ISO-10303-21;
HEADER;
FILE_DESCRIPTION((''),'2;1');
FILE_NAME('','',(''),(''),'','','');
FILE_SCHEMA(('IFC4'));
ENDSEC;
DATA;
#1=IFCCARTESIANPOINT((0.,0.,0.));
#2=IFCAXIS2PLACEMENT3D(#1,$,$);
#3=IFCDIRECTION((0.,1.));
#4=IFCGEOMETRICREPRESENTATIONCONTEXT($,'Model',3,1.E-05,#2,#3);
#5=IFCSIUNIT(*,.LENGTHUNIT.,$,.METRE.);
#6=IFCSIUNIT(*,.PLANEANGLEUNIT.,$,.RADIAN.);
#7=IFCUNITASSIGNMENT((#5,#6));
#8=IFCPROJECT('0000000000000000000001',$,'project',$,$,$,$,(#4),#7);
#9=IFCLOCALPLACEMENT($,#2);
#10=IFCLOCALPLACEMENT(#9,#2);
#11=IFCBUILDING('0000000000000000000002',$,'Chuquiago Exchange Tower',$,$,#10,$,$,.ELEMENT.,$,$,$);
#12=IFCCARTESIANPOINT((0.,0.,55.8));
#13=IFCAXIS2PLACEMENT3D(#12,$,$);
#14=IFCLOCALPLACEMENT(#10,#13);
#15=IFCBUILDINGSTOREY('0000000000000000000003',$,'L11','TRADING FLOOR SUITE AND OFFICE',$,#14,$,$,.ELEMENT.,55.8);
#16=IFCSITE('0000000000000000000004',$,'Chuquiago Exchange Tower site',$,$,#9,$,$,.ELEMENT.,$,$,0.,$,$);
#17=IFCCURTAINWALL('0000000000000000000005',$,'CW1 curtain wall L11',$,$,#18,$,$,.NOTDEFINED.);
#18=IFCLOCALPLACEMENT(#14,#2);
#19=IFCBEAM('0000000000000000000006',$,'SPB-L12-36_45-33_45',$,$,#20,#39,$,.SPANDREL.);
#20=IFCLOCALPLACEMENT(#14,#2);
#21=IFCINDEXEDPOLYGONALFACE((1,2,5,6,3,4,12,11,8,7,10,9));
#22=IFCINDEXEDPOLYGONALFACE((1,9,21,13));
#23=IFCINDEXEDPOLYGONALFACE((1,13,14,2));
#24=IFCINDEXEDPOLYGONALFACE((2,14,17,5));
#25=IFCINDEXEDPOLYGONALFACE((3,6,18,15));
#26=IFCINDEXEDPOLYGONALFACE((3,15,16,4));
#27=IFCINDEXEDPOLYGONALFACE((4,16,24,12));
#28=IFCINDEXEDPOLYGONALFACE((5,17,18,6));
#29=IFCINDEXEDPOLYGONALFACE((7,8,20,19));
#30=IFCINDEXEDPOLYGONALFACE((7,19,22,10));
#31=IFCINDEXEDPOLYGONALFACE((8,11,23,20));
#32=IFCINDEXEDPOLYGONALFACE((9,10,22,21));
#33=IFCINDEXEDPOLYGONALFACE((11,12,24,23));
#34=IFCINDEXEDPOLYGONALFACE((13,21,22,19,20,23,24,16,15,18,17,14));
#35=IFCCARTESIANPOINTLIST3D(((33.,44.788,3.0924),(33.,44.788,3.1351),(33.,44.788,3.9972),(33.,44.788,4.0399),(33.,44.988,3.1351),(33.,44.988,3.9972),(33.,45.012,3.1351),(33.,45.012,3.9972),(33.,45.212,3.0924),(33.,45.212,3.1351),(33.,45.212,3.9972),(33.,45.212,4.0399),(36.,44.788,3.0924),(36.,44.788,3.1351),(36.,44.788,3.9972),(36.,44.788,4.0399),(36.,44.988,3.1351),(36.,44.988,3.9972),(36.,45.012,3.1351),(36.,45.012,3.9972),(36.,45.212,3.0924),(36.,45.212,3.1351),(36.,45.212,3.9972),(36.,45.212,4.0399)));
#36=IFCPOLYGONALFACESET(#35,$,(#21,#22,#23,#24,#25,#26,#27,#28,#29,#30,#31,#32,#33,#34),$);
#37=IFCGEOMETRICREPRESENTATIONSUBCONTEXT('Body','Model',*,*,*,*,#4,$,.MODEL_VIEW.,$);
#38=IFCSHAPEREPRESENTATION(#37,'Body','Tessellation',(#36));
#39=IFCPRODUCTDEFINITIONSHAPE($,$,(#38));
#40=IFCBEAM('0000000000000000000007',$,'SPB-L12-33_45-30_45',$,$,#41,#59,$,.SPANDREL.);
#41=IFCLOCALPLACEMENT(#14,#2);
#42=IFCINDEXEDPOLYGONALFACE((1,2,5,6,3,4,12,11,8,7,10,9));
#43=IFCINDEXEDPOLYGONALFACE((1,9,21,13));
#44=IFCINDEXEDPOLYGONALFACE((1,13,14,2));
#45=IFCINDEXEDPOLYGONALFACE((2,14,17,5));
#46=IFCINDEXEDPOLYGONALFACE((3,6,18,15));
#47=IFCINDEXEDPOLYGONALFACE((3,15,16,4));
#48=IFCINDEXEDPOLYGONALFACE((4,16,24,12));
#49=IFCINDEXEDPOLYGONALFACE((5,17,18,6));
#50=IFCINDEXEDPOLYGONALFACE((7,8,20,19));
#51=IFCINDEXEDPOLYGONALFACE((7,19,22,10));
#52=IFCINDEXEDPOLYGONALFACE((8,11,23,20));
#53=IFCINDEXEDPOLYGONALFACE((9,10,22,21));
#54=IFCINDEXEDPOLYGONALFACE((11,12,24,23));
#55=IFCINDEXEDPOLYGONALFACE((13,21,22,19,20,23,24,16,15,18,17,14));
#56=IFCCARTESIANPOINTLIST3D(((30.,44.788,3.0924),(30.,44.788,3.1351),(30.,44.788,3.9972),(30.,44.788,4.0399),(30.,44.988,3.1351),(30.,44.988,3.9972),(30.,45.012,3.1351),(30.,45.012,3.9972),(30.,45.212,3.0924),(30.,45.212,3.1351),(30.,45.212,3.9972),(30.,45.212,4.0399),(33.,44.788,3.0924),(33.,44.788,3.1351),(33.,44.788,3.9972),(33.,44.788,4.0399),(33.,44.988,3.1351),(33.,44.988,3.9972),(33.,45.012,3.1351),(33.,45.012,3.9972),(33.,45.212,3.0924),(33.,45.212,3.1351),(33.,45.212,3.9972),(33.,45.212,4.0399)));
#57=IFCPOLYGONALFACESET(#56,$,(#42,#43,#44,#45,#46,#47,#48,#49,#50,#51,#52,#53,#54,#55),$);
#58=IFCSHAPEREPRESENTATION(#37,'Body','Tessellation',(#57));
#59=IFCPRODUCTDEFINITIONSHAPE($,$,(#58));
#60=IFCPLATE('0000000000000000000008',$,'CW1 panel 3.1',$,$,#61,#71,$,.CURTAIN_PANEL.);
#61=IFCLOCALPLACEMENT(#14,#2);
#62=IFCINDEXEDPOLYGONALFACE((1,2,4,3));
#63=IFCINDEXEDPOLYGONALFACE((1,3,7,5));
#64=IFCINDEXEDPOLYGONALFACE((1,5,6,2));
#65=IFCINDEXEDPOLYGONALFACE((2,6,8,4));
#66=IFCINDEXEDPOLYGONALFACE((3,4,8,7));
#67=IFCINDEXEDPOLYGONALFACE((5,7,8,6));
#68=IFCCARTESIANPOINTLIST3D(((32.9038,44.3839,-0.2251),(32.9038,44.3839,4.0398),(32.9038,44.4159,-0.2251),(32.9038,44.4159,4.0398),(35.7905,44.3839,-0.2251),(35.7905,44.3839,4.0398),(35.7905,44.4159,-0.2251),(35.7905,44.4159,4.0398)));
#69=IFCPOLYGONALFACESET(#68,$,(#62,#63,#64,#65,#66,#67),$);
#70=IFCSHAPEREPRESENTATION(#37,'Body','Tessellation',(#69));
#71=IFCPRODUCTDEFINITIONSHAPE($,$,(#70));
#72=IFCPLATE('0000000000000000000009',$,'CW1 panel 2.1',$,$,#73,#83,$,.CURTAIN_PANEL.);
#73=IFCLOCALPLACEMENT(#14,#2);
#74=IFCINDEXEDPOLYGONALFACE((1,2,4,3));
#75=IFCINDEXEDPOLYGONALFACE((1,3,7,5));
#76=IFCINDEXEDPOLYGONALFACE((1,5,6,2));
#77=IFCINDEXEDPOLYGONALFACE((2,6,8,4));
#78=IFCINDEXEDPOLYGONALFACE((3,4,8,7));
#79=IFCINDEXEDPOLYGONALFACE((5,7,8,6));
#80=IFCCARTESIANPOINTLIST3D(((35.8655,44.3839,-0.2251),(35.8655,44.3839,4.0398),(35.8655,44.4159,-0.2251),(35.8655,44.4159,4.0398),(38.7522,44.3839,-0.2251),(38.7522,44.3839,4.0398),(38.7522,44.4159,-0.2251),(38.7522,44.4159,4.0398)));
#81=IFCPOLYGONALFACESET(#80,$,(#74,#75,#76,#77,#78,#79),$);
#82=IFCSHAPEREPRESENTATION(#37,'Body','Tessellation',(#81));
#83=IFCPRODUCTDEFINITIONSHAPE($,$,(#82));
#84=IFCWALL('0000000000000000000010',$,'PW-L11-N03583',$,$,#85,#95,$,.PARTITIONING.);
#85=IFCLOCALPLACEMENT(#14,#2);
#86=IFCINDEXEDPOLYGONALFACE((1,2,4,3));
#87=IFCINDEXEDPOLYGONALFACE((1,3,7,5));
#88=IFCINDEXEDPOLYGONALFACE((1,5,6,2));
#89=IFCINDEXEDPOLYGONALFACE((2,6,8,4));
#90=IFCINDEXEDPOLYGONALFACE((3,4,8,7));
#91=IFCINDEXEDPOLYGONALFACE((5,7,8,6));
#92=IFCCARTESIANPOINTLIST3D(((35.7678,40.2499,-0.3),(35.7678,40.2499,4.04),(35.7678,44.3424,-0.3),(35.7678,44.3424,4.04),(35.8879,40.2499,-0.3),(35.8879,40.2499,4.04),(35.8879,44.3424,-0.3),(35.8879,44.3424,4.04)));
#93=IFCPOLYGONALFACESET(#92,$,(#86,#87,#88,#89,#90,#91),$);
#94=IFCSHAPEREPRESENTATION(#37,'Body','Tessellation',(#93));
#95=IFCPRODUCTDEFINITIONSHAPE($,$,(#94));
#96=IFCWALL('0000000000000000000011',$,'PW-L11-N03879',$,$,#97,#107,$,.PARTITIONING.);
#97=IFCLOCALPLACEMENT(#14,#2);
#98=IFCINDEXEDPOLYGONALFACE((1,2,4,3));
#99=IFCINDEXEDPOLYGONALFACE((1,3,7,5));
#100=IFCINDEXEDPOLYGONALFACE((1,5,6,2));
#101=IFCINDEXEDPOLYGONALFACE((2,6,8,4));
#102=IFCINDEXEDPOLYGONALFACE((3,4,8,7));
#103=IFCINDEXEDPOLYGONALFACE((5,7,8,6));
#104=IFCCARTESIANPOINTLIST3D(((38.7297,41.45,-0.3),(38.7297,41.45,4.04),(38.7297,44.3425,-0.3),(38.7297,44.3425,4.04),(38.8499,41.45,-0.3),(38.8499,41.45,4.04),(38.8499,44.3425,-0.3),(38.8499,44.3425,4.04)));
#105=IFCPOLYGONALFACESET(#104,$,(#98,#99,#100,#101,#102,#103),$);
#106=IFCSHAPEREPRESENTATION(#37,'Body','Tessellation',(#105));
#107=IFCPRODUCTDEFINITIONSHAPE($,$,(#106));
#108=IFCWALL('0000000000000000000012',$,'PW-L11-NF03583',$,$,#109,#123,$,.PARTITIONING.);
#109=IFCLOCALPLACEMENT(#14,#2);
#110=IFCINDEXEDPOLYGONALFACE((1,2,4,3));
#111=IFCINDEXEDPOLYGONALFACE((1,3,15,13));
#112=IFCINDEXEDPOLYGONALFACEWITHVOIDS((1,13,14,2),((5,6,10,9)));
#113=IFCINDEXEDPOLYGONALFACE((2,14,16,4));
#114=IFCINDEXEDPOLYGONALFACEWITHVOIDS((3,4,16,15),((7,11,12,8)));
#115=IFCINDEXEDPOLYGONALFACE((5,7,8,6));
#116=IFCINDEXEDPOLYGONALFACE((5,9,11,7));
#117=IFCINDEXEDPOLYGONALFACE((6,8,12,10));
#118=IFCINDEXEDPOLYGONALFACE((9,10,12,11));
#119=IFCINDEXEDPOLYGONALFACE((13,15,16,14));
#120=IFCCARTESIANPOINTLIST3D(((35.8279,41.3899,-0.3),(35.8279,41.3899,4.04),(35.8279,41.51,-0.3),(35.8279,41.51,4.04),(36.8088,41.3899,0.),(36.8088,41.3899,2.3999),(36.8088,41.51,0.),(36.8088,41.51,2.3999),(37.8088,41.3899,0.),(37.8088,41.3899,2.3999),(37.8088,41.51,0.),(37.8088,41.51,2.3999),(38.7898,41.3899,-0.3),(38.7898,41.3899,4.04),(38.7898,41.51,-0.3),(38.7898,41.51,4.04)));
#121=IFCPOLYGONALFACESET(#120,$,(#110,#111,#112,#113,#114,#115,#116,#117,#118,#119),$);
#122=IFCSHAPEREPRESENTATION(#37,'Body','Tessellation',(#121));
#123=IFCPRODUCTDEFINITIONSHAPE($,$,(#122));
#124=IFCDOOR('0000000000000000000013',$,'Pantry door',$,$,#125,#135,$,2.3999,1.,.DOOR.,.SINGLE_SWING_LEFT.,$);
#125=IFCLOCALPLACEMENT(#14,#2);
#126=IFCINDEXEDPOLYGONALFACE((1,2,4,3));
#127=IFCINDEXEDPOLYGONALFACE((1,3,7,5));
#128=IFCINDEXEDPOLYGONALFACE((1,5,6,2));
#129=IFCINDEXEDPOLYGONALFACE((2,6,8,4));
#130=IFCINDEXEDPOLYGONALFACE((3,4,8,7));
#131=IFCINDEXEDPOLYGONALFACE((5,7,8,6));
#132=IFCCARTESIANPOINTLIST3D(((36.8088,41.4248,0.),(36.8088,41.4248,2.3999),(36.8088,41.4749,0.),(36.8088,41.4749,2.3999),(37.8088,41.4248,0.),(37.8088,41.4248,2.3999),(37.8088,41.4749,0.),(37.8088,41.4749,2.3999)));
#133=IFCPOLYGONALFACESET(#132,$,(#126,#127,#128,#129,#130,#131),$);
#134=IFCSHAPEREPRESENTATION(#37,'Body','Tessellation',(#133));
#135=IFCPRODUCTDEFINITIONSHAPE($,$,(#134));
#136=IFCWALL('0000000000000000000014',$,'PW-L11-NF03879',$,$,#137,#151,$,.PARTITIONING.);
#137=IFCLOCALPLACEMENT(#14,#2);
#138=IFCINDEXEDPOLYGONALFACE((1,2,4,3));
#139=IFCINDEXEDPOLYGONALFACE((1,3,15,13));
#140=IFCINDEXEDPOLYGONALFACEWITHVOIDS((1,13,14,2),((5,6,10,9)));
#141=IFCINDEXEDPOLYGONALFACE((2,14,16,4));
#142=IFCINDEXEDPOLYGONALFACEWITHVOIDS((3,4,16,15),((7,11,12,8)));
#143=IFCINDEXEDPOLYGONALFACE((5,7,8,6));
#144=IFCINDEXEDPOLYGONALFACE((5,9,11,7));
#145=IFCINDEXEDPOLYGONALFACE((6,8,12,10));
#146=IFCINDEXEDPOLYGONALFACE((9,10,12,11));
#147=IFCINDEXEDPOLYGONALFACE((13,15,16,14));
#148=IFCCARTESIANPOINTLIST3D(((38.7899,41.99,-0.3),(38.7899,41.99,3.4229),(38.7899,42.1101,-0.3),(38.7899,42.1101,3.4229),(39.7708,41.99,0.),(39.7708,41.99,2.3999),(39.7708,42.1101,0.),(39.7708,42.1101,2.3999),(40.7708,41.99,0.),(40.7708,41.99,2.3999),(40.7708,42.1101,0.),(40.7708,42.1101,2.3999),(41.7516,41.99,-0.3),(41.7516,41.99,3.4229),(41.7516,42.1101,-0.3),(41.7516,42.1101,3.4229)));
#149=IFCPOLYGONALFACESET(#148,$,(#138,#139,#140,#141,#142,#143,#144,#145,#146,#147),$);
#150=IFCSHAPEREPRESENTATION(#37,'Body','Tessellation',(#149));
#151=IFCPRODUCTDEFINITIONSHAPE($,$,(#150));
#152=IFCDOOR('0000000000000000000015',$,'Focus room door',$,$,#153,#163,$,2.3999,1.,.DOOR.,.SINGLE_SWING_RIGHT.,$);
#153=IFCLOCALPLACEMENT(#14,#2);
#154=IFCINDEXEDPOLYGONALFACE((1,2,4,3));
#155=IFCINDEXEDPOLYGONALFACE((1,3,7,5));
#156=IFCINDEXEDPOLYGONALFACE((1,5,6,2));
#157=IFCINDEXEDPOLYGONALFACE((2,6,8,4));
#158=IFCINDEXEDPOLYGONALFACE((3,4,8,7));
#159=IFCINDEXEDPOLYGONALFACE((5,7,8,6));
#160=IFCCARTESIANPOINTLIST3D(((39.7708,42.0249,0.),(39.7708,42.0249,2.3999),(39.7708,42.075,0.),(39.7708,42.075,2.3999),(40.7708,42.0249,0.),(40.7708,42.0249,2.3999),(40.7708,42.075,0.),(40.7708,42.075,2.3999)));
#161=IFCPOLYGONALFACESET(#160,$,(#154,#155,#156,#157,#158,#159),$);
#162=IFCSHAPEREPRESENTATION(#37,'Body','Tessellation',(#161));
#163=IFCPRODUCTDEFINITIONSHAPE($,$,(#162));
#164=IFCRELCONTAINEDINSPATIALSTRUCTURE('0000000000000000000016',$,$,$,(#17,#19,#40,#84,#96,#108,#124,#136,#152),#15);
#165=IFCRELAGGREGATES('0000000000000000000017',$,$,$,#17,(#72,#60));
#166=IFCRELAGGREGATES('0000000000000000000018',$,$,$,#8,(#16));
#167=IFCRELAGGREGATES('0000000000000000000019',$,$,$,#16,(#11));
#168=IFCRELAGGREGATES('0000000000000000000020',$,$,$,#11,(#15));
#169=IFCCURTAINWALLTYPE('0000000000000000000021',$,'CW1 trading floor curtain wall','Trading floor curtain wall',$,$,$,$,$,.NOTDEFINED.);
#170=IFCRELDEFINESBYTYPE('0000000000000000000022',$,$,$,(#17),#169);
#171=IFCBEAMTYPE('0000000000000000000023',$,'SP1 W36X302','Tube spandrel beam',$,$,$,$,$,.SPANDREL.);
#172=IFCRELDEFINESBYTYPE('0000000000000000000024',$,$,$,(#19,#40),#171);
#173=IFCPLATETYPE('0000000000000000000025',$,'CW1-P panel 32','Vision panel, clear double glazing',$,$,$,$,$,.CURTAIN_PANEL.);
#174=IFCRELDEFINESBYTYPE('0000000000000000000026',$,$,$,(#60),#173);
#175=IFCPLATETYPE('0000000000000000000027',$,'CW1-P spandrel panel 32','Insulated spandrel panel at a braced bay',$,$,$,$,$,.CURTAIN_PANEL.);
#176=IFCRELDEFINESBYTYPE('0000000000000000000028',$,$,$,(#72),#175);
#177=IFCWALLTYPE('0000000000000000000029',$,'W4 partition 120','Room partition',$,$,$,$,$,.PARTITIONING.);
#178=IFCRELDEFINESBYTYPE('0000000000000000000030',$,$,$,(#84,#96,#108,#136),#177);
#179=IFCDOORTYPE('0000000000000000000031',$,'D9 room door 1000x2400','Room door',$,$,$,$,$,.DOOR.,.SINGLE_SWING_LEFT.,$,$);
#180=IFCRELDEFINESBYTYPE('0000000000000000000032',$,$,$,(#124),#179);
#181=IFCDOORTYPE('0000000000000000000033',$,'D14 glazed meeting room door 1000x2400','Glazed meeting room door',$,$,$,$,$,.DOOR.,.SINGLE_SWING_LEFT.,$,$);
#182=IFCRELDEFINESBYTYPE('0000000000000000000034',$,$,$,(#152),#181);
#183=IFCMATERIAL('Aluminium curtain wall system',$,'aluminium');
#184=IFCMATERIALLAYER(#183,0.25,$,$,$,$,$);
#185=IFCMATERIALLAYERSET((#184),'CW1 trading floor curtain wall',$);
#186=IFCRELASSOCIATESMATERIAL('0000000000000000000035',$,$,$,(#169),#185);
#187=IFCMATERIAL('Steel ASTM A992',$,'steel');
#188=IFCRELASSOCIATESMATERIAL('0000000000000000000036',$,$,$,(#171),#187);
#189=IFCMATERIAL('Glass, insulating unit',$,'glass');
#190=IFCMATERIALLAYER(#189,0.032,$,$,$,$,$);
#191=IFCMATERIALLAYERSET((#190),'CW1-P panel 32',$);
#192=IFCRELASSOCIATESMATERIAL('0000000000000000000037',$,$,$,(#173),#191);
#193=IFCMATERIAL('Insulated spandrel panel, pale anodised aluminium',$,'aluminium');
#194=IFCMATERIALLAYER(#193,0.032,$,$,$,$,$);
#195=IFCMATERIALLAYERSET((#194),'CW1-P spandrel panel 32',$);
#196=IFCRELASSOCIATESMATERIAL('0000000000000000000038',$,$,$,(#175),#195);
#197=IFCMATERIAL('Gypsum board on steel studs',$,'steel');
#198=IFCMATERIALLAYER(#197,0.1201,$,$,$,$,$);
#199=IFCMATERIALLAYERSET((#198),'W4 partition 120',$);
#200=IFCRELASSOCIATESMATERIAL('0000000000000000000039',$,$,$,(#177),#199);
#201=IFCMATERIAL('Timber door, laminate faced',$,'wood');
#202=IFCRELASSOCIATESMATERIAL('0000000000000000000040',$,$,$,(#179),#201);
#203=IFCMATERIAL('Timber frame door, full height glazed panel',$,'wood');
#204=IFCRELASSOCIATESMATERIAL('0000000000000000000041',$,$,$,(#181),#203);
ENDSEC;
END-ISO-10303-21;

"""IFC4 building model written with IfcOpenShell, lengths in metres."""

from ifc_helpers import new_model, si_unit, direction, frame, frame_2d, origin, origin_2d, place, context, subcontext, project, spatial, rectangle, i_section, extrude, material, layer, layer_set, material_profile, profile_set, type_object, element, fill, aggregate, save


model = new_model("IFC4")

# Units and contexts
model_context = context("Model", 3, precision=1e-05, world=origin(), true_north=direction((0.0, 1.0)))
body_context = subcontext(model_context, "Body", "Model", "MODEL_VIEW")
ifc_project = project(units=[si_unit("LENGTHUNIT", "METRE"), si_unit("PLANEANGLEUNIT", "RADIAN")], contexts=[model_context])

# Site, building, storey
site_placement = place(None, origin())
site = spatial("IfcSite", under=ifc_project, at=site_placement, Name="Chuquiago Exchange Tower site", CompositionType="ELEMENT", RefElevation=0.0)
building_placement = place(site_placement, origin())
building = spatial("IfcBuilding", under=site, at=building_placement, Name="Chuquiago Exchange Tower", CompositionType="ELEMENT")
storey_placement = place(building_placement, frame((0.0, 0.0, 55.8)))
storey = spatial("IfcBuildingStorey", under=building, at=storey_placement, Name="L11", Description="TRADING FLOOR SUITE AND OFFICE", CompositionType="ELEMENT", Elevation=55.8)

# Curtain wall
ifc_material_1 = material(Name="Aluminium curtain wall system", Category="aluminium")
ifc_layer_1 = layer(ifc_material_1, 0.25)
ifc_layer_set_1 = layer_set([ifc_layer_1], Name="CW1 trading floor curtain wall")
curtain_wall_type = type_object("IfcCurtainWallType", Name="CW1 trading floor curtain wall", Description="Trading floor curtain wall", PredefinedType="NOTDEFINED", material=ifc_layer_set_1)
curtain_wall_placement = place(storey_placement, origin())
curtain_wall = element("IfcCurtainWall", 1, at=curtain_wall_placement, inside=storey, type_object=curtain_wall_type, Name="CW1 curtain wall L11", PredefinedType="NOTDEFINED")

# Beams
ifc_material_2 = material(Name="Steel ASTM A992", Category="steel")
ifc_material_profile_1 = material_profile(ifc_material_2, i_section(OverallWidth=0.4241, OverallDepth=0.9475, WebThickness=0.0239, FlangeThickness=0.0427, at=origin_2d()), Name="W36X302")
ifc_profile_set_1 = profile_set([ifc_material_profile_1], Name="Steel ASTM A992")
beam_type_1 = type_object("IfcBeamType", Name="SP1 W36X302", Description="Tube spandrel beam", PredefinedType="SPANDREL", material=ifc_profile_set_1)
for number, where, z_axis, x_axis, name in (
    (2, (36.0, 45.0, 3.5662), (-1.0, 0.0, 0.0), (0.0, -1.0, 0.0), "SPB-L12-36_45-33_45"),
    (3, (33.0, 45.0, 3.5662), (-1.0, 0.0, 0.0), (0.0, -1.0, 0.0), "SPB-L12-33_45-30_45"),
):
    element("IfcBeam", number, at=place(storey_placement, frame(where, z_axis=z_axis, x_axis=x_axis)), inside=storey, type_object=beam_type_1, Name=name, PredefinedType="SPANDREL", context=body_context, shape_type="SweptSolid", body=[
        extrude(i_section(OverallWidth=0.4241, OverallDepth=0.9475, WebThickness=0.0239, FlangeThickness=0.0427, at=origin_2d()), origin(), (0.0, 0.0, 1.0), 3.0),
    ])

# Plates
ifc_material_3 = material(Name="Glass, insulating unit", Category="glass")
ifc_layer_2 = layer(ifc_material_3, 0.032)
ifc_layer_set_2 = layer_set([ifc_layer_2], Name="CW1-P panel 32")
plate_type_1 = type_object("IfcPlateType", Name="CW1-P panel 32", Description="Vision panel, clear double glazing", PredefinedType="CURTAIN_PANEL", material=ifc_layer_set_2)
plate_1_placement = place(storey_placement, frame((34.3472, 44.3999, -0.2251), z_axis=(0.0, 0.0, 1.0), x_axis=(-1.0, 0.0, 0.0)))
plate_1 = element("IfcPlate", 4, at=plate_1_placement, type_object=plate_type_1, Name="CW1 panel 3.1", PredefinedType="CURTAIN_PANEL", context=body_context, shape_type="SweptSolid", body=[
    extrude(rectangle(XDim=2.8867, YDim=0.032, at=origin_2d()), origin(), (0.0, 0.0, 1.0), 4.2649),
])
ifc_material_4 = material(Name="Insulated spandrel panel, pale anodised aluminium", Category="aluminium")
ifc_layer_3 = layer(ifc_material_4, 0.032)
ifc_layer_set_3 = layer_set([ifc_layer_3], Name="CW1-P spandrel panel 32")
plate_type_2 = type_object("IfcPlateType", Name="CW1-P spandrel panel 32", Description="Insulated spandrel panel at a braced bay", PredefinedType="CURTAIN_PANEL", material=ifc_layer_set_3)
plate_2_placement = place(storey_placement, frame((37.3088, 44.3999, -0.2251), z_axis=(0.0, 0.0, 1.0), x_axis=(-1.0, 0.0, 0.0)))
plate_2 = element("IfcPlate", 5, at=plate_2_placement, type_object=plate_type_2, Name="CW1 panel 2.1", PredefinedType="CURTAIN_PANEL", context=body_context, shape_type="SweptSolid", body=[
    extrude(rectangle(XDim=2.8867, YDim=0.032, at=origin_2d()), origin(), (0.0, 0.0, 1.0), 4.2649),
])
aggregate(curtain_wall, [plate_2, plate_1])

# Walls
ifc_material_5 = material(Name="Gypsum board on steel studs", Category="steel")
ifc_layer_4 = layer(ifc_material_5, 0.1201)
ifc_layer_set_4 = layer_set([ifc_layer_4], Name="W4 partition 120")
wall_type = type_object("IfcWallType", Name="W4 partition 120", Description="Room partition", PredefinedType="PARTITIONING", material=ifc_layer_set_4)
wall_1_placement = place(storey_placement, frame((35.8279, 44.3425, -0.3), z_axis=(0.0, 0.0, 1.0), x_axis=(0.0, -1.0, 0.0)))
element("IfcWall", 6, at=wall_1_placement, inside=storey, type_object=wall_type, Name="PW-L11-N03583", PredefinedType="PARTITIONING", context=body_context, shape_type="SweptSolid", body=[
    extrude(rectangle(XDim=4.0925, YDim=0.1201, at=frame_2d((2.0464, 0.0))), origin(), (0.0, 0.0, 1.0), 4.3401),
])
wall_2_placement = place(storey_placement, frame((38.7898, 44.3425, -0.3), z_axis=(0.0, 0.0, 1.0), x_axis=(0.0, -1.0, 0.0)))
element("IfcWall", 7, at=wall_2_placement, inside=storey, type_object=wall_type, Name="PW-L11-N03879", PredefinedType="PARTITIONING", context=body_context, shape_type="SweptSolid", body=[
    extrude(rectangle(XDim=2.8926, YDim=0.1201, at=frame_2d((1.4463, 0.0))), origin(), (0.0, 0.0, 1.0), 4.3401),
])

# Walls, openings, doors
wall_3_placement = place(storey_placement, frame((35.8279, 41.45, -0.3), z_axis=(0.0, 0.0, 1.0), x_axis=(1.0, 0.0, 0.0)))
wall_3 = element("IfcWall", 8, at=wall_3_placement, inside=storey, type_object=wall_type, Name="PW-L11-NF03583", PredefinedType="PARTITIONING", context=body_context, shape_type="SweptSolid", body=[
    extrude(rectangle(XDim=2.9619, YDim=0.1201, at=frame_2d((1.481, 0.0))), origin(), (0.0, 0.0, 1.0), 4.3401),
])
opening_1_placement = place(wall_3_placement, frame((0.981, 0.0, 0.3)))
opening_1 = element("IfcOpeningElement", 9, at=opening_1_placement, cuts=wall_3, PredefinedType="OPENING", context=body_context, shape_type="SweptSolid", body=[
    extrude(rectangle(XDim=1.0, YDim=2.3999, at=frame_2d((0.5, 1.2))), frame((0.0, 0.0701, 0.0), z_axis=(0.0, -1.0, 0.0), x_axis=(1.0, 0.0, 0.0)), (0.0, 0.0, 1.0), 0.1401),
])
ifc_material_6 = material(Name="Timber door, laminate faced", Category="wood")
door_type_1 = type_object("IfcDoorType", Name="D9 room door 1000x2400", Description="Room door", OperationType="SINGLE_SWING_LEFT", PredefinedType="DOOR", material=ifc_material_6)
door_1_placement = place(opening_1_placement, origin())
door_1 = element("IfcDoor", 10, at=door_1_placement, inside=storey, type_object=door_type_1, Name="Pantry door", OperationType="SINGLE_SWING_LEFT", OverallHeight=2.3999, OverallWidth=1.0, PredefinedType="DOOR", context=body_context, shape_type="SweptSolid", body=[
    extrude(rectangle(XDim=1.0, YDim=2.3999, at=frame_2d((0.5, 1.2))), frame((0.0, 0.0249, 0.0), z_axis=(0.0, -1.0, 0.0), x_axis=(1.0, 0.0, 0.0)), (0.0, 0.0, 1.0), 0.05),
])
fill(opening_1, door_1)
wall_4_placement = place(storey_placement, frame((38.7898, 42.05, -0.3), z_axis=(0.0, 0.0, 1.0), x_axis=(1.0, 0.0, 0.0)))
wall_4 = element("IfcWall", 11, at=wall_4_placement, inside=storey, type_object=wall_type, Name="PW-L11-NF03879", PredefinedType="PARTITIONING", context=body_context, shape_type="SweptSolid", body=[
    extrude(rectangle(XDim=2.9617, YDim=0.1201, at=frame_2d((1.481, 0.0))), origin(), (0.0, 0.0, 1.0), 3.7229),
])
opening_2_placement = place(wall_4_placement, frame((0.981, 0.0, 0.3)))
opening_2 = element("IfcOpeningElement", 12, at=opening_2_placement, cuts=wall_4, PredefinedType="OPENING", context=body_context, shape_type="SweptSolid", body=[
    extrude(rectangle(XDim=1.0, YDim=2.3999, at=frame_2d((0.5, 1.2))), frame((0.0, 0.0701, 0.0), z_axis=(0.0, -1.0, 0.0), x_axis=(1.0, 0.0, 0.0)), (0.0, 0.0, 1.0), 0.1401),
])
ifc_material_7 = material(Name="Timber frame door, full height glazed panel", Category="wood")
door_type_2 = type_object("IfcDoorType", Name="D14 glazed meeting room door 1000x2400", Description="Glazed meeting room door", OperationType="SINGLE_SWING_LEFT", PredefinedType="DOOR", material=ifc_material_7)
door_2_placement = place(opening_2_placement, origin())
door_2 = element("IfcDoor", 13, at=door_2_placement, inside=storey, type_object=door_type_2, Name="Focus room door", OperationType="SINGLE_SWING_RIGHT", OverallHeight=2.3999, OverallWidth=1.0, PredefinedType="DOOR", context=body_context, shape_type="SweptSolid", body=[
    extrude(rectangle(XDim=1.0, YDim=2.3999, at=frame_2d((0.5, 1.2))), frame((0.0, 0.0249, 0.0), z_axis=(0.0, -1.0, 0.0), x_axis=(1.0, 0.0, 0.0)), (0.0, 0.0, 1.0), 0.05),
])
fill(opening_2, door_2)

save(model, "model.ifc")
